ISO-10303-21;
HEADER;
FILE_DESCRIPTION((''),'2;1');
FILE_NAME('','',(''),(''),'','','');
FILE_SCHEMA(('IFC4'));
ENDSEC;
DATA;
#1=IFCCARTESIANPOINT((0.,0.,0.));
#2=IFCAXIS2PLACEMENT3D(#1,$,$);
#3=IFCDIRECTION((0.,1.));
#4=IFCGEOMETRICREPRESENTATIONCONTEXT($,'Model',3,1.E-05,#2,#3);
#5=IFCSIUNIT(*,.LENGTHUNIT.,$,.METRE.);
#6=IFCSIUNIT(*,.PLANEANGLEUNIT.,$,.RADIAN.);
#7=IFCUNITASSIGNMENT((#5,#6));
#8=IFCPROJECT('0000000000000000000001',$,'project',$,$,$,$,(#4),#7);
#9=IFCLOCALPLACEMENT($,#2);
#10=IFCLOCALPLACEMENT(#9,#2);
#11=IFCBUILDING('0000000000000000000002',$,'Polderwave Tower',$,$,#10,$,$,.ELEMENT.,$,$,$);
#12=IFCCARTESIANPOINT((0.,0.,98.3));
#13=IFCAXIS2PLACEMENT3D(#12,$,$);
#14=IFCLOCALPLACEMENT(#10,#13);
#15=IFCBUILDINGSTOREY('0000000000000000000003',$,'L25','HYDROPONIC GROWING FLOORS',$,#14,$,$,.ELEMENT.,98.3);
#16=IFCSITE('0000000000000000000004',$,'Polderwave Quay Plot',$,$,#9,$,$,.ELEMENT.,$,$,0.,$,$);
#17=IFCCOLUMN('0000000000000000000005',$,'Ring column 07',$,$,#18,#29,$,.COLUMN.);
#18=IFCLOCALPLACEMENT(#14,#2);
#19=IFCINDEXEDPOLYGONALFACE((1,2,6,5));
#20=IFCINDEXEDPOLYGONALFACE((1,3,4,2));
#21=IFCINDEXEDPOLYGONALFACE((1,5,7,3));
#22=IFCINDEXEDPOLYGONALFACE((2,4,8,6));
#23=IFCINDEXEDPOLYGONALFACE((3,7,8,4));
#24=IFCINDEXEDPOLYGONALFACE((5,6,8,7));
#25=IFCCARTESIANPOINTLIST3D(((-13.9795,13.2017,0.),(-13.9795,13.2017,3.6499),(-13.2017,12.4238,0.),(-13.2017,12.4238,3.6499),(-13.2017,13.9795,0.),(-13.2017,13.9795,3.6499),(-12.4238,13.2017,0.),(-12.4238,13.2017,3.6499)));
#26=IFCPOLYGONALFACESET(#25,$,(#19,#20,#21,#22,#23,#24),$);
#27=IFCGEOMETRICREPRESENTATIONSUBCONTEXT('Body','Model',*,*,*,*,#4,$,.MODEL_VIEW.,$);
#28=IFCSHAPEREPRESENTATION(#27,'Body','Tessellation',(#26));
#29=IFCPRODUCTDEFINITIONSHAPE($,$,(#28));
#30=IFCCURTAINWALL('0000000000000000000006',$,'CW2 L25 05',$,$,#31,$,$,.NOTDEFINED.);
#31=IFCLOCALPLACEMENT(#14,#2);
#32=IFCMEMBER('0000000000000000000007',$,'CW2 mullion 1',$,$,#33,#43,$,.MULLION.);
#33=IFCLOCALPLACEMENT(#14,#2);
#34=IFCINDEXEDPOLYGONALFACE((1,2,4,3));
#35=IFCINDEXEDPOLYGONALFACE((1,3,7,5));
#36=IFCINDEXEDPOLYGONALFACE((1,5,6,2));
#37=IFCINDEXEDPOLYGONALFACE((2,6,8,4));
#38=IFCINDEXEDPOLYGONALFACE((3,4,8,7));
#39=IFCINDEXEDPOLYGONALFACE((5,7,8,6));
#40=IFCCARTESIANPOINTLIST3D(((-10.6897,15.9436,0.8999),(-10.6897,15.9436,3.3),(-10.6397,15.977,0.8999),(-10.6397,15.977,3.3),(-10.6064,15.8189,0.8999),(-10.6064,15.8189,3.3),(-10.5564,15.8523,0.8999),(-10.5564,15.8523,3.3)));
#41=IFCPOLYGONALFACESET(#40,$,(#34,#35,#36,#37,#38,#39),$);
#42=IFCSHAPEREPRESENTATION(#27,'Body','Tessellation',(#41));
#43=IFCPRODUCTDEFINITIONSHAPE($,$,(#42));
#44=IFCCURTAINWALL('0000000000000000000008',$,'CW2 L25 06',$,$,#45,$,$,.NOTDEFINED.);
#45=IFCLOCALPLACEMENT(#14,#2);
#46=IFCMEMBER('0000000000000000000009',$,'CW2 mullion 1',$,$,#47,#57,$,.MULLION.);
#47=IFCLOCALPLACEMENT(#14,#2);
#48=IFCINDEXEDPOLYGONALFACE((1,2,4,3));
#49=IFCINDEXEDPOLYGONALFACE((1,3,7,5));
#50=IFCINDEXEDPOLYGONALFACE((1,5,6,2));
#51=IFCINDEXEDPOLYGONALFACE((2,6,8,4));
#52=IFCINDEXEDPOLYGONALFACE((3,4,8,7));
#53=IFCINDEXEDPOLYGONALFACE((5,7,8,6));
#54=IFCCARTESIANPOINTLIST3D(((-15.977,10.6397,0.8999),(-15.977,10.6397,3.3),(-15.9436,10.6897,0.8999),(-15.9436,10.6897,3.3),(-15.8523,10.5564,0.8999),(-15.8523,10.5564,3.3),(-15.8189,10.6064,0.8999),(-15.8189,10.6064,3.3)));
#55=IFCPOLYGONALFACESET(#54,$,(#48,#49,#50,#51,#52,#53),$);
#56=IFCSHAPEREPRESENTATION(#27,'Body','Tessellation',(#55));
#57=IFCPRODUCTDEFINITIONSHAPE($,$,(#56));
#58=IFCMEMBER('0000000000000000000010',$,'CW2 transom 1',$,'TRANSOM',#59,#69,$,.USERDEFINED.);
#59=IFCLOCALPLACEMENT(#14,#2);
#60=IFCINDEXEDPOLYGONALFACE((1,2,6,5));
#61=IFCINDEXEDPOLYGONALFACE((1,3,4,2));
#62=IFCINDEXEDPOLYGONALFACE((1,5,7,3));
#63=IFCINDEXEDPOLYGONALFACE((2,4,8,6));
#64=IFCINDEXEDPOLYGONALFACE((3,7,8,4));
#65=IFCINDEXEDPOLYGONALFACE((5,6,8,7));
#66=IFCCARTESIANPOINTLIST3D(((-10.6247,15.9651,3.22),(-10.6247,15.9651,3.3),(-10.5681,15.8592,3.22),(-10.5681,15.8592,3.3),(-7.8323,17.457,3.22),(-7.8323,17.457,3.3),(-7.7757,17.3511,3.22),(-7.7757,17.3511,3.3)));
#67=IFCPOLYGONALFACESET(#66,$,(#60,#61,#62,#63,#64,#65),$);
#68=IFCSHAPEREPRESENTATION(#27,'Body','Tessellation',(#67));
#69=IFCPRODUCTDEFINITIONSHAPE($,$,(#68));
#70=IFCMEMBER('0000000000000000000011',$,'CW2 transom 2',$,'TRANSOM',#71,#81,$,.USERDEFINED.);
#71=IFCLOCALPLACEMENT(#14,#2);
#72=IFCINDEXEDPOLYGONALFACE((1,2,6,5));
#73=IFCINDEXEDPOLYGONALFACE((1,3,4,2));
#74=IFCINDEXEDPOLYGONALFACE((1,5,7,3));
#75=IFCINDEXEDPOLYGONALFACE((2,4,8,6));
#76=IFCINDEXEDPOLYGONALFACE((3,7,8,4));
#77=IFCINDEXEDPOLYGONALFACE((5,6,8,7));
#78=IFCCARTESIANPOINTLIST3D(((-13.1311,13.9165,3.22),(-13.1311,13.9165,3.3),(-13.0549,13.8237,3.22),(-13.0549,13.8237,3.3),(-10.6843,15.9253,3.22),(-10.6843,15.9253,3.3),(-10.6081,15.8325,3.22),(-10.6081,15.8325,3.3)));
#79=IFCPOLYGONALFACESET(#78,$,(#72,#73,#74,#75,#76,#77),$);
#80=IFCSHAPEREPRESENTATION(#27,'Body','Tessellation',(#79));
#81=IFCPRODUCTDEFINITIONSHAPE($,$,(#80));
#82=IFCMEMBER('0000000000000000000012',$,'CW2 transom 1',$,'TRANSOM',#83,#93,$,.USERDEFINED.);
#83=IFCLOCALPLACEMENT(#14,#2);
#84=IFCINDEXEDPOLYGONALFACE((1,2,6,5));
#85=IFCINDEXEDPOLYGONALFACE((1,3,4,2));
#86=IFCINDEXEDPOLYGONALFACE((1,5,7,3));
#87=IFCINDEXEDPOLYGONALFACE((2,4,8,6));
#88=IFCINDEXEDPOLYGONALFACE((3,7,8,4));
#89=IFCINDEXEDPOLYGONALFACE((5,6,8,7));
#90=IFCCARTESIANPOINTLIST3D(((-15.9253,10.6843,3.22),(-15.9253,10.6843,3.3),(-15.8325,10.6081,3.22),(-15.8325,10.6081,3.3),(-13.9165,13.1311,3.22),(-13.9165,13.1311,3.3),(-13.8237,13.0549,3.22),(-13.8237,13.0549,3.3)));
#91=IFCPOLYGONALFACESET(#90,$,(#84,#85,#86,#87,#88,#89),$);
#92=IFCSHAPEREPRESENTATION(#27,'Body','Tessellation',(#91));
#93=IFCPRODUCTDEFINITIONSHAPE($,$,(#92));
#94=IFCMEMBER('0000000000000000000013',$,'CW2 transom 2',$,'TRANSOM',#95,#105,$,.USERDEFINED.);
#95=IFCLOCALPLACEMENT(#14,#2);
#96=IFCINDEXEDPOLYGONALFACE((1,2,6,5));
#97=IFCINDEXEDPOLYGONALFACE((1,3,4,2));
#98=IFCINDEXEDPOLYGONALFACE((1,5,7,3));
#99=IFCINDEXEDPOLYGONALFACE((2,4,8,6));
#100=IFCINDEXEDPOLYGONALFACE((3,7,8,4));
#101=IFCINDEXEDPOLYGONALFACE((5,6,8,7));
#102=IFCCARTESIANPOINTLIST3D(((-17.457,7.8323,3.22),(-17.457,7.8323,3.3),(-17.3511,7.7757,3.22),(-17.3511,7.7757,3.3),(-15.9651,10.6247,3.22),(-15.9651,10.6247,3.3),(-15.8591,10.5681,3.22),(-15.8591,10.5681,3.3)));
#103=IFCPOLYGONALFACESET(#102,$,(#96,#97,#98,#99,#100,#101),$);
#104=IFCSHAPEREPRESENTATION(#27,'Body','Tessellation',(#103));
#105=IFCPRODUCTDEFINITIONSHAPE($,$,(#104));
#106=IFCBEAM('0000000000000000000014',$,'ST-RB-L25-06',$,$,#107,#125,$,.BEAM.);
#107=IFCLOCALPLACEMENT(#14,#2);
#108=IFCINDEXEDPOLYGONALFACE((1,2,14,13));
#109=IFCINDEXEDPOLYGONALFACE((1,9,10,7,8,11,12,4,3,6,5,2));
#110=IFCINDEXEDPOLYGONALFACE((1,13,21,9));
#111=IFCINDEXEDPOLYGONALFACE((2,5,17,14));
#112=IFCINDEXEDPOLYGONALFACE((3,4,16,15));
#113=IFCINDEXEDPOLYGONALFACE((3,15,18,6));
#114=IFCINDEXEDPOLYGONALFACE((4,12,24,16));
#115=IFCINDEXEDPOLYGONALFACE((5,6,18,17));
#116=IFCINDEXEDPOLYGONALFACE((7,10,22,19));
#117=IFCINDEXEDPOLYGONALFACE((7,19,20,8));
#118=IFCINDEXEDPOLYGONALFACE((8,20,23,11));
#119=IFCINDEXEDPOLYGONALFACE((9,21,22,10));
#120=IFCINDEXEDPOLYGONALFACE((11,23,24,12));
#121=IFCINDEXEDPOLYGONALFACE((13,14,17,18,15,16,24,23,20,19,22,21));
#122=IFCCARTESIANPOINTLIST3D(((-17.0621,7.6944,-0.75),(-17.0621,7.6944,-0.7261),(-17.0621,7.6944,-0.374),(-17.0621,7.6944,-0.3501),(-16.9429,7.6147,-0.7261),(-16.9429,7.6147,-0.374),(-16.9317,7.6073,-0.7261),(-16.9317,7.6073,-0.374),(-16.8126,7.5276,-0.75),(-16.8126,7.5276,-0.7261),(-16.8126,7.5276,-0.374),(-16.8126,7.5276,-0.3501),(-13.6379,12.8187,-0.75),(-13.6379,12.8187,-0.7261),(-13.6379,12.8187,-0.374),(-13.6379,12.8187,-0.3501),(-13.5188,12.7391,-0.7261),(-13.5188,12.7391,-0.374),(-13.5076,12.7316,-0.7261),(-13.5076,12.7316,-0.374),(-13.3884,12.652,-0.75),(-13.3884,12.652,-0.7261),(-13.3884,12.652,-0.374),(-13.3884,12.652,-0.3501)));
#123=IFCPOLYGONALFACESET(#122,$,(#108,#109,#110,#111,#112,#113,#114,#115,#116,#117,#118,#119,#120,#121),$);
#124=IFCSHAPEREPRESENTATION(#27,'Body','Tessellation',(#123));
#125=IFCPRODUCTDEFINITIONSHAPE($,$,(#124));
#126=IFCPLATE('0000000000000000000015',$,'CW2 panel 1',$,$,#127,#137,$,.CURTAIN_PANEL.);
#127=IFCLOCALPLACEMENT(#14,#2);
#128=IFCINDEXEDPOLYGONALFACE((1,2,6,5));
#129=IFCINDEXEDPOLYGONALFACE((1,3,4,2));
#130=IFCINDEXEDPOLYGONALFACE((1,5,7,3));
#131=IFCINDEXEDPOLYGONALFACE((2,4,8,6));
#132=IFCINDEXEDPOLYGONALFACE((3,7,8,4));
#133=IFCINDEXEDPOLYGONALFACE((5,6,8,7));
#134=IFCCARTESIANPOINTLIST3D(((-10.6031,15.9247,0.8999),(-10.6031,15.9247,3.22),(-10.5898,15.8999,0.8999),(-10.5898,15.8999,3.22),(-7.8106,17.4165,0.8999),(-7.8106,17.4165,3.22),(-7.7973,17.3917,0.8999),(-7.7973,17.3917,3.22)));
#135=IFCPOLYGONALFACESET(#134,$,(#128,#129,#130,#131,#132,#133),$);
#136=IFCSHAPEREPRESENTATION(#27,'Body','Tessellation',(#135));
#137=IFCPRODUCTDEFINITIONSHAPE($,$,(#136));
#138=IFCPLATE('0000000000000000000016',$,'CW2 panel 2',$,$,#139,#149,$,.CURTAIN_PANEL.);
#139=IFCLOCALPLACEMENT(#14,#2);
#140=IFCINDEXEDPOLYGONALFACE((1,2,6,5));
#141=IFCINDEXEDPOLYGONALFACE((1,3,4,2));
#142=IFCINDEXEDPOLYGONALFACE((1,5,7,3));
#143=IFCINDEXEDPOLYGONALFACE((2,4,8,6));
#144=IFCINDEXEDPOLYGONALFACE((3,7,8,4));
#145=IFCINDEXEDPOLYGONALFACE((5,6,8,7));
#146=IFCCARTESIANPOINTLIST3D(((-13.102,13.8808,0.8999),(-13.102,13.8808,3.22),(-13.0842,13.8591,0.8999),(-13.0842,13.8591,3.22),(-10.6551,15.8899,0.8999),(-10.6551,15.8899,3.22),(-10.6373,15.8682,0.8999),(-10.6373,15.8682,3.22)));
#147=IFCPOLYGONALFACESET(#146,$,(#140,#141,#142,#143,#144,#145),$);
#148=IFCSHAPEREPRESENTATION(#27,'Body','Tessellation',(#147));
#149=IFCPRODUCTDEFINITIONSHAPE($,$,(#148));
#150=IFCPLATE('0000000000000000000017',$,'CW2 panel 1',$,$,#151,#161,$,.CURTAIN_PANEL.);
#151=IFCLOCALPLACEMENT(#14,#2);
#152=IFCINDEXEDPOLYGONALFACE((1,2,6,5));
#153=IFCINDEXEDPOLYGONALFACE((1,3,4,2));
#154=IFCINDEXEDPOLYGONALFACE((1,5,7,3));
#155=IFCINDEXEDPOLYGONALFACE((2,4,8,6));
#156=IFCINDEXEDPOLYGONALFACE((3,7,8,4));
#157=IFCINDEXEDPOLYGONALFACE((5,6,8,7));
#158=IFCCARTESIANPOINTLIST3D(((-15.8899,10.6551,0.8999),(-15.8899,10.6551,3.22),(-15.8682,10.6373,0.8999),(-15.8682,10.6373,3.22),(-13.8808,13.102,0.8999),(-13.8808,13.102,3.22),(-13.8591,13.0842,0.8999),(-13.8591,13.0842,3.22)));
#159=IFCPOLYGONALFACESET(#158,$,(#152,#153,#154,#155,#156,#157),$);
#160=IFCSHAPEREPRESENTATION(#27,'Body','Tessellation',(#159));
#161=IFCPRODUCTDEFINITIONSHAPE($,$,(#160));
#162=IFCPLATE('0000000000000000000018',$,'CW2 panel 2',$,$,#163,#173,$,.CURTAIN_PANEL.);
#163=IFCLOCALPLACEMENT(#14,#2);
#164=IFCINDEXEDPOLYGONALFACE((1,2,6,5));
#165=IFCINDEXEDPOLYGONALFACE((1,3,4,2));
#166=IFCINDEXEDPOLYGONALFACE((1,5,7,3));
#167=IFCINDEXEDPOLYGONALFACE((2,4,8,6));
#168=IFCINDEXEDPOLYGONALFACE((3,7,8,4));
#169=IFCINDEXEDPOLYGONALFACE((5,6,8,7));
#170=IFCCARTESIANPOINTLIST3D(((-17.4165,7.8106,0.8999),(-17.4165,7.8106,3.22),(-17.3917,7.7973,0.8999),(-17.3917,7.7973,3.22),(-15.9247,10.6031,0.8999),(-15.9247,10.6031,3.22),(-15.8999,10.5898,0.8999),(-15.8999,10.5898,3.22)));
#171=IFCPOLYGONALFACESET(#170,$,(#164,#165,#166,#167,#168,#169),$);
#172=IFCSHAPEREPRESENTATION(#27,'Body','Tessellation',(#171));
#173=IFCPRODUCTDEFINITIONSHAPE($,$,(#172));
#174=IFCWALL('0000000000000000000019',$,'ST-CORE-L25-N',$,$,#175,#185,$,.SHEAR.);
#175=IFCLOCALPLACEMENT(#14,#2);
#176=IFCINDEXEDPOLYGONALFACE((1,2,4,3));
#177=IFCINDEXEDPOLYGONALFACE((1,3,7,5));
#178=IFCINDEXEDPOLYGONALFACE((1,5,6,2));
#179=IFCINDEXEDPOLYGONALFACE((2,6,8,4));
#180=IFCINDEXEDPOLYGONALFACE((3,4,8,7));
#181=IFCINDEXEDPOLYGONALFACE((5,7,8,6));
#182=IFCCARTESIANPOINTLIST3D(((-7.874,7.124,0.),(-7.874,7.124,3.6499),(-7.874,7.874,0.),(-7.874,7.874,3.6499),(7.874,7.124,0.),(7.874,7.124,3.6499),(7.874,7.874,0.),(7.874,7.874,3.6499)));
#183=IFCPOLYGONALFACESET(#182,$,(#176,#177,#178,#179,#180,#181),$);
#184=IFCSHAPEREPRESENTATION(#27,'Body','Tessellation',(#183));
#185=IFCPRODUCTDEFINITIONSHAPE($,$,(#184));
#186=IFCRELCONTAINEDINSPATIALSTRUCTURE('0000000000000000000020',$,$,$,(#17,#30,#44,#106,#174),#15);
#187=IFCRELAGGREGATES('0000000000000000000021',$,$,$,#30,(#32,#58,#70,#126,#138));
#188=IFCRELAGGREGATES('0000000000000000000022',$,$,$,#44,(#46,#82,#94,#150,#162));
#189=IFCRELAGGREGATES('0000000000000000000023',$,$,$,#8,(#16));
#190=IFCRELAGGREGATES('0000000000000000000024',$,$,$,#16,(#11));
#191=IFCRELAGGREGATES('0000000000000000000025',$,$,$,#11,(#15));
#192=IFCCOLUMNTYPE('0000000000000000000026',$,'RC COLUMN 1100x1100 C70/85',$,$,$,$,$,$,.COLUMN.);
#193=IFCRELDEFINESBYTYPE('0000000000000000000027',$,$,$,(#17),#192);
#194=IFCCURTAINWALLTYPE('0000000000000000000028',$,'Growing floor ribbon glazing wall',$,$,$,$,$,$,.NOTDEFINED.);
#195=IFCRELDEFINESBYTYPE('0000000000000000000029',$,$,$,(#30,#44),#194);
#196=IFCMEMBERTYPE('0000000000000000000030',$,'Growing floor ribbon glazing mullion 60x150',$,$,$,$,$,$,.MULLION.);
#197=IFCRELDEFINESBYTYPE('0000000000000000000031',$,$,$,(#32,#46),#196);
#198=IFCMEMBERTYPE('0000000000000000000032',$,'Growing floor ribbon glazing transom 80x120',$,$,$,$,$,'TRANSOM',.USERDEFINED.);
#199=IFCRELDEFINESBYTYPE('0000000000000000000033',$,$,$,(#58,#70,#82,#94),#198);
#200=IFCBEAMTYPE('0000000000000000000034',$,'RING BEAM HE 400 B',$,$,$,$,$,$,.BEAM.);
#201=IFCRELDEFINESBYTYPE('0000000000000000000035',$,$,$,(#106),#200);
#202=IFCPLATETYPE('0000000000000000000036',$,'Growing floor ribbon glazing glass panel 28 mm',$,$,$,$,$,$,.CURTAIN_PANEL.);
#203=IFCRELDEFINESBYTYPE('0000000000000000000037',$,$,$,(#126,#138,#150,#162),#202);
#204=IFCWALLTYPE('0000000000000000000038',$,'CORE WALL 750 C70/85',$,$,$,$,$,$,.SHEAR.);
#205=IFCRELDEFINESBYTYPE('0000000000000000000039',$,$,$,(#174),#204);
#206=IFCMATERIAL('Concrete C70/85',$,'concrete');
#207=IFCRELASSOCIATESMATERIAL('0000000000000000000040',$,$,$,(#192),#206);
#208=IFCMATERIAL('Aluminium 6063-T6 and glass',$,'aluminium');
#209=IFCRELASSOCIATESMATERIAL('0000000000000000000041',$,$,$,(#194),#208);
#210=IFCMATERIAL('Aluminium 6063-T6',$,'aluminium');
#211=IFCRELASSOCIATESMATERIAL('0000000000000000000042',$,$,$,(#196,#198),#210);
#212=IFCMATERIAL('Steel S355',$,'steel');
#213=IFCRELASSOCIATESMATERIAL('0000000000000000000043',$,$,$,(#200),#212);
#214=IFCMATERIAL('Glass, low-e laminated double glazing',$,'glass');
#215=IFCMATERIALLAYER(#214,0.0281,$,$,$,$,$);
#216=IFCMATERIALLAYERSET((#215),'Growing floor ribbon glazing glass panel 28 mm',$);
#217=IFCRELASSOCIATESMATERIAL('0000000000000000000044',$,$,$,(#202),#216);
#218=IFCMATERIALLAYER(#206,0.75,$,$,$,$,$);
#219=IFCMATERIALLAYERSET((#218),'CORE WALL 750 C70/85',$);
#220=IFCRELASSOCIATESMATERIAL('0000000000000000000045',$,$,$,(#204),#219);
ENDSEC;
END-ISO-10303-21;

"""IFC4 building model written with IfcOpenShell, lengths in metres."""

from ifc_helpers import new_model, si_unit, direction, frame, frame_2d, origin, origin_2d, place, context, subcontext, project, spatial, rectangle, i_section, extrude, material, layer, layer_set, material_profile, profile_set, type_object, element, aggregate, save


model = new_model("IFC4")

# Units and contexts
model_context = context("Model", 3, precision=1e-05, world=origin(), true_north=direction((0.0, 1.0)))
body_context = subcontext(model_context, "Body", "Model", "MODEL_VIEW")
ifc_project = project(units=[si_unit("LENGTHUNIT", "METRE"), si_unit("PLANEANGLEUNIT", "RADIAN")], contexts=[model_context])

# Site, building, storey
site_placement = place(None, origin())
site = spatial("IfcSite", under=ifc_project, at=site_placement, Name="Polderwave Quay Plot", CompositionType="ELEMENT", RefElevation=0.0)
building_placement = place(site_placement, origin())
building = spatial("IfcBuilding", under=site, at=building_placement, Name="Polderwave Tower", CompositionType="ELEMENT")
storey_placement = place(building_placement, frame((0.0, 0.0, 98.3)))
storey = spatial("IfcBuildingStorey", under=building, at=storey_placement, Name="L25", Description="HYDROPONIC GROWING FLOORS", CompositionType="ELEMENT", Elevation=98.3)

# Column
ifc_material_1 = material(Name="Concrete C70/85", Category="concrete")
ifc_material_profile_1 = material_profile(ifc_material_1, rectangle(XDim=1.1001, YDim=1.1001, at=origin_2d()), Name="RC 1100x1100")
ifc_profile_set_1 = profile_set([ifc_material_profile_1], Name="Concrete C70/85")
column_type = type_object("IfcColumnType", Name="RC COLUMN 1100x1100 C70/85", PredefinedType="COLUMN", material=ifc_profile_set_1)
column_placement = place(storey_placement, frame((-13.2017, 13.2017, 0.0), z_axis=(0.0, 0.0, 1.0), x_axis=(-0.707107, 0.707107, 0.0)))
element("IfcColumn", 1, at=column_placement, inside=storey, type_object=column_type, Name="Ring column 07", PredefinedType="COLUMN", context=body_context, shape_type="SweptSolid", body=[
    extrude(rectangle(XDim=1.1001, YDim=1.1001, at=origin_2d()), origin(), (0.0, 0.0, 1.0), 3.6499),
])

# Curtain walls, members
ifc_material_2 = material(Name="Aluminium 6063-T6 and glass", Category="aluminium")
curtain_wall_type = type_object("IfcCurtainWallType", Name="Growing floor ribbon glazing wall", PredefinedType="NOTDEFINED", material=ifc_material_2)
curtain_wall_1_placement = place(storey_placement, origin())
curtain_wall_1 = element("IfcCurtainWall", 2, at=curtain_wall_1_placement, inside=storey, type_object=curtain_wall_type, Name="CW2 L25 05", PredefinedType="NOTDEFINED")
ifc_material_3 = material(Name="Aluminium 6063-T6", Category="aluminium")
ifc_material_profile_2 = material_profile(ifc_material_3, rectangle(XDim=0.1499, YDim=0.0601, at=origin_2d()), Name="AL 60x150")
ifc_profile_set_2 = profile_set([ifc_material_profile_2], Name="Aluminium 6063-T6")
member_type_1 = type_object("IfcMemberType", Name="Growing floor ribbon glazing mullion 60x150", PredefinedType="MULLION", material=ifc_profile_set_2)
member_1_placement = place(storey_placement, frame((-10.623, 15.8979, 0.8999), z_axis=(0.0, 0.0, 1.0), x_axis=(0.555573, -0.831468, 0.0)))
member_1 = element("IfcMember", 3, at=member_1_placement, type_object=member_type_1, Name="CW2 mullion 1", PredefinedType="MULLION", context=body_context, shape_type="SweptSolid", body=[
    extrude(rectangle(XDim=0.1499, YDim=0.0601, at=origin_2d()), origin(), (0.0, 0.0, 1.0), 2.4001),
])
curtain_wall_2_placement = place(storey_placement, origin())
curtain_wall_2 = element("IfcCurtainWall", 4, at=curtain_wall_2_placement, inside=storey, type_object=curtain_wall_type, Name="CW2 L25 06", PredefinedType="NOTDEFINED")
member_2_placement = place(storey_placement, frame((-15.8979, 10.623, 0.8999), z_axis=(0.0, 0.0, 1.0), x_axis=(0.831468, -0.555573, 0.0)))
member_2 = element("IfcMember", 5, at=member_2_placement, type_object=member_type_1, Name="CW2 mullion 1", PredefinedType="MULLION", context=body_context, shape_type="SweptSolid", body=[
    extrude(rectangle(XDim=0.1499, YDim=0.0601, at=origin_2d()), origin(), (0.0, 0.0, 1.0), 2.4001),
])

# Members
ifc_material_profile_3 = material_profile(ifc_material_3, rectangle(XDim=0.1201, YDim=0.0801, at=origin_2d()), Name="AL 80x120")
ifc_profile_set_3 = profile_set([ifc_material_profile_3], Name="Aluminium 6063-T6")
member_type_2 = type_object("IfcMemberType", Name="Growing floor ribbon glazing transom 80x120", ElementType="TRANSOM", PredefinedType="USERDEFINED", material=ifc_profile_set_3)
member_3_placement = place(storey_placement, frame((-7.804, 17.4041, 3.26), z_axis=(-0.882009, -0.471232, 0.0), x_axis=(0.471232, -0.882009, 0.0)))
member_3 = element("IfcMember", 6, at=member_3_placement, type_object=member_type_2, Name="CW2 transom 1", ObjectType="TRANSOM", PredefinedType="USERDEFINED", context=body_context, shape_type="SweptSolid", body=[
    extrude(rectangle(XDim=0.1201, YDim=0.0801, at=origin_2d()), origin(), (0.0, 0.0, 1.0), 3.166),
])
member_4_placement = place(storey_placement, frame((-10.6462, 15.8789, 3.26), z_axis=(-0.772891, -0.634539, 0.0), x_axis=(0.634539, -0.772891, 0.0)))
member_4 = element("IfcMember", 7, at=member_4_placement, type_object=member_type_2, Name="CW2 transom 2", ObjectType="TRANSOM", PredefinedType="USERDEFINED", context=body_context, shape_type="SweptSolid", body=[
    extrude(rectangle(XDim=0.1201, YDim=0.0801, at=origin_2d()), origin(), (0.0, 0.0, 1.0), 3.1658),
])
member_5_placement = place(storey_placement, frame((-13.8701, 13.093, 3.26), z_axis=(-0.634539, -0.772891, 0.0), x_axis=(0.772891, -0.634539, 0.0)))
member_5 = element("IfcMember", 8, at=member_5_placement, type_object=member_type_2, Name="CW2 transom 1", ObjectType="TRANSOM", PredefinedType="USERDEFINED", context=body_context, shape_type="SweptSolid", body=[
    extrude(rectangle(XDim=0.1201, YDim=0.0801, at=origin_2d()), origin(), (0.0, 0.0, 1.0), 3.1658),
])
member_6_placement = place(storey_placement, frame((-15.9121, 10.5964, 3.26), z_axis=(-0.471232, -0.882009, 0.0), x_axis=(0.882009, -0.471232, 0.0)))
member_6 = element("IfcMember", 9, at=member_6_placement, type_object=member_type_2, Name="CW2 transom 2", ObjectType="TRANSOM", PredefinedType="USERDEFINED", context=body_context, shape_type="SweptSolid", body=[
    extrude(rectangle(XDim=0.1201, YDim=0.0801, at=origin_2d()), origin(), (0.0, 0.0, 1.0), 3.166),
])

# Beam
ifc_material_4 = material(Name="Steel S355", Category="steel")
ifc_material_profile_4 = material_profile(ifc_material_4, i_section(OverallWidth=0.3, OverallDepth=0.3999, WebThickness=0.0134, FlangeThickness=0.0239, at=origin_2d()), Name="HE 400 B")
ifc_profile_set_4 = profile_set([ifc_material_profile_4], Name="Steel S355")
beam_type = type_object("IfcBeamType", Name="RING BEAM HE 400 B", PredefinedType="BEAM", material=ifc_profile_set_4)
beam_placement = place(storey_placement, frame((-13.5132, 12.7354, -0.55), z_axis=(-0.555587, -0.831459, 0.0), x_axis=(0.831459, -0.555587, 0.0)))
element("IfcBeam", 10, at=beam_placement, inside=storey, type_object=beam_type, Name="ST-RB-L25-06", PredefinedType="BEAM", context=body_context, shape_type="SweptSolid", body=[
    extrude(i_section(OverallWidth=0.3, OverallDepth=0.3999, WebThickness=0.0134, FlangeThickness=0.0239, at=origin_2d()), origin(), (0.0, 0.0, 1.0), 6.1631),
])

# Plates
ifc_material_5 = material(Name="Glass, low-e laminated double glazing", Category="glass")
ifc_layer_1 = layer(ifc_material_5, 0.0281)
ifc_layer_set_1 = layer_set([ifc_layer_1], Name="Growing floor ribbon glazing glass panel 28 mm")
plate_type = type_object("IfcPlateType", Name="Growing floor ribbon glazing glass panel 28 mm", PredefinedType="CURTAIN_PANEL", material=ifc_layer_set_1)
plate_1_placement = place(storey_placement, frame((-9.2002, 16.6582, 0.8999), z_axis=(0.0, 0.0, 1.0), x_axis=(-0.882023, -0.471206, 0.0)))
plate_1 = element("IfcPlate", 11, at=plate_1_placement, type_object=plate_type, Name="CW2 panel 1", PredefinedType="CURTAIN_PANEL", context=body_context, shape_type="SweptSolid", body=[
    extrude(rectangle(XDim=3.166, YDim=0.0281, at=origin_2d()), origin(), (0.0, 0.0, 1.0), 2.3201),
])
plate_2_placement = place(storey_placement, frame((-11.8696, 14.8745, 0.8999), z_axis=(0.0, 0.0, 1.0), x_axis=(-0.772869, -0.634566, 0.0)))
plate_2 = element("IfcPlate", 12, at=plate_2_placement, type_object=plate_type, Name="CW2 panel 2", PredefinedType="CURTAIN_PANEL", context=body_context, shape_type="SweptSolid", body=[
    extrude(rectangle(XDim=3.166, YDim=0.0281, at=origin_2d()), origin(), (0.0, 0.0, 1.0), 2.3201),
])
aggregate(curtain_wall_1, [member_1, member_3, member_4, plate_1, plate_2])
plate_3_placement = place(storey_placement, frame((-14.8745, 11.8696, 0.8999), z_axis=(0.0, 0.0, 1.0), x_axis=(-0.634566, -0.772869, 0.0)))
plate_3 = element("IfcPlate", 13, at=plate_3_placement, type_object=plate_type, Name="CW2 panel 1", PredefinedType="CURTAIN_PANEL", context=body_context, shape_type="SweptSolid", body=[
    extrude(rectangle(XDim=3.166, YDim=0.0281, at=origin_2d()), origin(), (0.0, 0.0, 1.0), 2.3201),
])
plate_4_placement = place(storey_placement, frame((-16.6582, 9.2002, 0.8999), z_axis=(0.0, 0.0, 1.0), x_axis=(-0.471206, -0.882023, 0.0)))
plate_4 = element("IfcPlate", 14, at=plate_4_placement, type_object=plate_type, Name="CW2 panel 2", PredefinedType="CURTAIN_PANEL", context=body_context, shape_type="SweptSolid", body=[
    extrude(rectangle(XDim=3.166, YDim=0.0281, at=origin_2d()), origin(), (0.0, 0.0, 1.0), 2.3201),
])
aggregate(curtain_wall_2, [member_2, member_5, member_6, plate_3, plate_4])

# Wall
ifc_layer_2 = layer(ifc_material_1, 0.75)
ifc_layer_set_2 = layer_set([ifc_layer_2], Name="CORE WALL 750 C70/85")
wall_type_1 = type_object("IfcWallType", Name="CORE WALL 750 C70/85", PredefinedType="SHEAR", material=ifc_layer_set_2)
wall_placement = place(storey_placement, frame((-7.874, 7.499, 0.0), z_axis=(0.0, 0.0, 1.0), x_axis=(1.0, 0.0, 0.0)))
element("IfcWall", 15, at=wall_placement, inside=storey, type_object=wall_type_1, Name="ST-CORE-L25-N", PredefinedType="SHEAR", context=body_context, shape_type="SweptSolid", body=[
    extrude(rectangle(XDim=15.748, YDim=0.75, at=frame_2d((7.874, 0.0))), origin(), (0.0, 0.0, 1.0), 3.6499),
])

save(model, "model.ifc")
